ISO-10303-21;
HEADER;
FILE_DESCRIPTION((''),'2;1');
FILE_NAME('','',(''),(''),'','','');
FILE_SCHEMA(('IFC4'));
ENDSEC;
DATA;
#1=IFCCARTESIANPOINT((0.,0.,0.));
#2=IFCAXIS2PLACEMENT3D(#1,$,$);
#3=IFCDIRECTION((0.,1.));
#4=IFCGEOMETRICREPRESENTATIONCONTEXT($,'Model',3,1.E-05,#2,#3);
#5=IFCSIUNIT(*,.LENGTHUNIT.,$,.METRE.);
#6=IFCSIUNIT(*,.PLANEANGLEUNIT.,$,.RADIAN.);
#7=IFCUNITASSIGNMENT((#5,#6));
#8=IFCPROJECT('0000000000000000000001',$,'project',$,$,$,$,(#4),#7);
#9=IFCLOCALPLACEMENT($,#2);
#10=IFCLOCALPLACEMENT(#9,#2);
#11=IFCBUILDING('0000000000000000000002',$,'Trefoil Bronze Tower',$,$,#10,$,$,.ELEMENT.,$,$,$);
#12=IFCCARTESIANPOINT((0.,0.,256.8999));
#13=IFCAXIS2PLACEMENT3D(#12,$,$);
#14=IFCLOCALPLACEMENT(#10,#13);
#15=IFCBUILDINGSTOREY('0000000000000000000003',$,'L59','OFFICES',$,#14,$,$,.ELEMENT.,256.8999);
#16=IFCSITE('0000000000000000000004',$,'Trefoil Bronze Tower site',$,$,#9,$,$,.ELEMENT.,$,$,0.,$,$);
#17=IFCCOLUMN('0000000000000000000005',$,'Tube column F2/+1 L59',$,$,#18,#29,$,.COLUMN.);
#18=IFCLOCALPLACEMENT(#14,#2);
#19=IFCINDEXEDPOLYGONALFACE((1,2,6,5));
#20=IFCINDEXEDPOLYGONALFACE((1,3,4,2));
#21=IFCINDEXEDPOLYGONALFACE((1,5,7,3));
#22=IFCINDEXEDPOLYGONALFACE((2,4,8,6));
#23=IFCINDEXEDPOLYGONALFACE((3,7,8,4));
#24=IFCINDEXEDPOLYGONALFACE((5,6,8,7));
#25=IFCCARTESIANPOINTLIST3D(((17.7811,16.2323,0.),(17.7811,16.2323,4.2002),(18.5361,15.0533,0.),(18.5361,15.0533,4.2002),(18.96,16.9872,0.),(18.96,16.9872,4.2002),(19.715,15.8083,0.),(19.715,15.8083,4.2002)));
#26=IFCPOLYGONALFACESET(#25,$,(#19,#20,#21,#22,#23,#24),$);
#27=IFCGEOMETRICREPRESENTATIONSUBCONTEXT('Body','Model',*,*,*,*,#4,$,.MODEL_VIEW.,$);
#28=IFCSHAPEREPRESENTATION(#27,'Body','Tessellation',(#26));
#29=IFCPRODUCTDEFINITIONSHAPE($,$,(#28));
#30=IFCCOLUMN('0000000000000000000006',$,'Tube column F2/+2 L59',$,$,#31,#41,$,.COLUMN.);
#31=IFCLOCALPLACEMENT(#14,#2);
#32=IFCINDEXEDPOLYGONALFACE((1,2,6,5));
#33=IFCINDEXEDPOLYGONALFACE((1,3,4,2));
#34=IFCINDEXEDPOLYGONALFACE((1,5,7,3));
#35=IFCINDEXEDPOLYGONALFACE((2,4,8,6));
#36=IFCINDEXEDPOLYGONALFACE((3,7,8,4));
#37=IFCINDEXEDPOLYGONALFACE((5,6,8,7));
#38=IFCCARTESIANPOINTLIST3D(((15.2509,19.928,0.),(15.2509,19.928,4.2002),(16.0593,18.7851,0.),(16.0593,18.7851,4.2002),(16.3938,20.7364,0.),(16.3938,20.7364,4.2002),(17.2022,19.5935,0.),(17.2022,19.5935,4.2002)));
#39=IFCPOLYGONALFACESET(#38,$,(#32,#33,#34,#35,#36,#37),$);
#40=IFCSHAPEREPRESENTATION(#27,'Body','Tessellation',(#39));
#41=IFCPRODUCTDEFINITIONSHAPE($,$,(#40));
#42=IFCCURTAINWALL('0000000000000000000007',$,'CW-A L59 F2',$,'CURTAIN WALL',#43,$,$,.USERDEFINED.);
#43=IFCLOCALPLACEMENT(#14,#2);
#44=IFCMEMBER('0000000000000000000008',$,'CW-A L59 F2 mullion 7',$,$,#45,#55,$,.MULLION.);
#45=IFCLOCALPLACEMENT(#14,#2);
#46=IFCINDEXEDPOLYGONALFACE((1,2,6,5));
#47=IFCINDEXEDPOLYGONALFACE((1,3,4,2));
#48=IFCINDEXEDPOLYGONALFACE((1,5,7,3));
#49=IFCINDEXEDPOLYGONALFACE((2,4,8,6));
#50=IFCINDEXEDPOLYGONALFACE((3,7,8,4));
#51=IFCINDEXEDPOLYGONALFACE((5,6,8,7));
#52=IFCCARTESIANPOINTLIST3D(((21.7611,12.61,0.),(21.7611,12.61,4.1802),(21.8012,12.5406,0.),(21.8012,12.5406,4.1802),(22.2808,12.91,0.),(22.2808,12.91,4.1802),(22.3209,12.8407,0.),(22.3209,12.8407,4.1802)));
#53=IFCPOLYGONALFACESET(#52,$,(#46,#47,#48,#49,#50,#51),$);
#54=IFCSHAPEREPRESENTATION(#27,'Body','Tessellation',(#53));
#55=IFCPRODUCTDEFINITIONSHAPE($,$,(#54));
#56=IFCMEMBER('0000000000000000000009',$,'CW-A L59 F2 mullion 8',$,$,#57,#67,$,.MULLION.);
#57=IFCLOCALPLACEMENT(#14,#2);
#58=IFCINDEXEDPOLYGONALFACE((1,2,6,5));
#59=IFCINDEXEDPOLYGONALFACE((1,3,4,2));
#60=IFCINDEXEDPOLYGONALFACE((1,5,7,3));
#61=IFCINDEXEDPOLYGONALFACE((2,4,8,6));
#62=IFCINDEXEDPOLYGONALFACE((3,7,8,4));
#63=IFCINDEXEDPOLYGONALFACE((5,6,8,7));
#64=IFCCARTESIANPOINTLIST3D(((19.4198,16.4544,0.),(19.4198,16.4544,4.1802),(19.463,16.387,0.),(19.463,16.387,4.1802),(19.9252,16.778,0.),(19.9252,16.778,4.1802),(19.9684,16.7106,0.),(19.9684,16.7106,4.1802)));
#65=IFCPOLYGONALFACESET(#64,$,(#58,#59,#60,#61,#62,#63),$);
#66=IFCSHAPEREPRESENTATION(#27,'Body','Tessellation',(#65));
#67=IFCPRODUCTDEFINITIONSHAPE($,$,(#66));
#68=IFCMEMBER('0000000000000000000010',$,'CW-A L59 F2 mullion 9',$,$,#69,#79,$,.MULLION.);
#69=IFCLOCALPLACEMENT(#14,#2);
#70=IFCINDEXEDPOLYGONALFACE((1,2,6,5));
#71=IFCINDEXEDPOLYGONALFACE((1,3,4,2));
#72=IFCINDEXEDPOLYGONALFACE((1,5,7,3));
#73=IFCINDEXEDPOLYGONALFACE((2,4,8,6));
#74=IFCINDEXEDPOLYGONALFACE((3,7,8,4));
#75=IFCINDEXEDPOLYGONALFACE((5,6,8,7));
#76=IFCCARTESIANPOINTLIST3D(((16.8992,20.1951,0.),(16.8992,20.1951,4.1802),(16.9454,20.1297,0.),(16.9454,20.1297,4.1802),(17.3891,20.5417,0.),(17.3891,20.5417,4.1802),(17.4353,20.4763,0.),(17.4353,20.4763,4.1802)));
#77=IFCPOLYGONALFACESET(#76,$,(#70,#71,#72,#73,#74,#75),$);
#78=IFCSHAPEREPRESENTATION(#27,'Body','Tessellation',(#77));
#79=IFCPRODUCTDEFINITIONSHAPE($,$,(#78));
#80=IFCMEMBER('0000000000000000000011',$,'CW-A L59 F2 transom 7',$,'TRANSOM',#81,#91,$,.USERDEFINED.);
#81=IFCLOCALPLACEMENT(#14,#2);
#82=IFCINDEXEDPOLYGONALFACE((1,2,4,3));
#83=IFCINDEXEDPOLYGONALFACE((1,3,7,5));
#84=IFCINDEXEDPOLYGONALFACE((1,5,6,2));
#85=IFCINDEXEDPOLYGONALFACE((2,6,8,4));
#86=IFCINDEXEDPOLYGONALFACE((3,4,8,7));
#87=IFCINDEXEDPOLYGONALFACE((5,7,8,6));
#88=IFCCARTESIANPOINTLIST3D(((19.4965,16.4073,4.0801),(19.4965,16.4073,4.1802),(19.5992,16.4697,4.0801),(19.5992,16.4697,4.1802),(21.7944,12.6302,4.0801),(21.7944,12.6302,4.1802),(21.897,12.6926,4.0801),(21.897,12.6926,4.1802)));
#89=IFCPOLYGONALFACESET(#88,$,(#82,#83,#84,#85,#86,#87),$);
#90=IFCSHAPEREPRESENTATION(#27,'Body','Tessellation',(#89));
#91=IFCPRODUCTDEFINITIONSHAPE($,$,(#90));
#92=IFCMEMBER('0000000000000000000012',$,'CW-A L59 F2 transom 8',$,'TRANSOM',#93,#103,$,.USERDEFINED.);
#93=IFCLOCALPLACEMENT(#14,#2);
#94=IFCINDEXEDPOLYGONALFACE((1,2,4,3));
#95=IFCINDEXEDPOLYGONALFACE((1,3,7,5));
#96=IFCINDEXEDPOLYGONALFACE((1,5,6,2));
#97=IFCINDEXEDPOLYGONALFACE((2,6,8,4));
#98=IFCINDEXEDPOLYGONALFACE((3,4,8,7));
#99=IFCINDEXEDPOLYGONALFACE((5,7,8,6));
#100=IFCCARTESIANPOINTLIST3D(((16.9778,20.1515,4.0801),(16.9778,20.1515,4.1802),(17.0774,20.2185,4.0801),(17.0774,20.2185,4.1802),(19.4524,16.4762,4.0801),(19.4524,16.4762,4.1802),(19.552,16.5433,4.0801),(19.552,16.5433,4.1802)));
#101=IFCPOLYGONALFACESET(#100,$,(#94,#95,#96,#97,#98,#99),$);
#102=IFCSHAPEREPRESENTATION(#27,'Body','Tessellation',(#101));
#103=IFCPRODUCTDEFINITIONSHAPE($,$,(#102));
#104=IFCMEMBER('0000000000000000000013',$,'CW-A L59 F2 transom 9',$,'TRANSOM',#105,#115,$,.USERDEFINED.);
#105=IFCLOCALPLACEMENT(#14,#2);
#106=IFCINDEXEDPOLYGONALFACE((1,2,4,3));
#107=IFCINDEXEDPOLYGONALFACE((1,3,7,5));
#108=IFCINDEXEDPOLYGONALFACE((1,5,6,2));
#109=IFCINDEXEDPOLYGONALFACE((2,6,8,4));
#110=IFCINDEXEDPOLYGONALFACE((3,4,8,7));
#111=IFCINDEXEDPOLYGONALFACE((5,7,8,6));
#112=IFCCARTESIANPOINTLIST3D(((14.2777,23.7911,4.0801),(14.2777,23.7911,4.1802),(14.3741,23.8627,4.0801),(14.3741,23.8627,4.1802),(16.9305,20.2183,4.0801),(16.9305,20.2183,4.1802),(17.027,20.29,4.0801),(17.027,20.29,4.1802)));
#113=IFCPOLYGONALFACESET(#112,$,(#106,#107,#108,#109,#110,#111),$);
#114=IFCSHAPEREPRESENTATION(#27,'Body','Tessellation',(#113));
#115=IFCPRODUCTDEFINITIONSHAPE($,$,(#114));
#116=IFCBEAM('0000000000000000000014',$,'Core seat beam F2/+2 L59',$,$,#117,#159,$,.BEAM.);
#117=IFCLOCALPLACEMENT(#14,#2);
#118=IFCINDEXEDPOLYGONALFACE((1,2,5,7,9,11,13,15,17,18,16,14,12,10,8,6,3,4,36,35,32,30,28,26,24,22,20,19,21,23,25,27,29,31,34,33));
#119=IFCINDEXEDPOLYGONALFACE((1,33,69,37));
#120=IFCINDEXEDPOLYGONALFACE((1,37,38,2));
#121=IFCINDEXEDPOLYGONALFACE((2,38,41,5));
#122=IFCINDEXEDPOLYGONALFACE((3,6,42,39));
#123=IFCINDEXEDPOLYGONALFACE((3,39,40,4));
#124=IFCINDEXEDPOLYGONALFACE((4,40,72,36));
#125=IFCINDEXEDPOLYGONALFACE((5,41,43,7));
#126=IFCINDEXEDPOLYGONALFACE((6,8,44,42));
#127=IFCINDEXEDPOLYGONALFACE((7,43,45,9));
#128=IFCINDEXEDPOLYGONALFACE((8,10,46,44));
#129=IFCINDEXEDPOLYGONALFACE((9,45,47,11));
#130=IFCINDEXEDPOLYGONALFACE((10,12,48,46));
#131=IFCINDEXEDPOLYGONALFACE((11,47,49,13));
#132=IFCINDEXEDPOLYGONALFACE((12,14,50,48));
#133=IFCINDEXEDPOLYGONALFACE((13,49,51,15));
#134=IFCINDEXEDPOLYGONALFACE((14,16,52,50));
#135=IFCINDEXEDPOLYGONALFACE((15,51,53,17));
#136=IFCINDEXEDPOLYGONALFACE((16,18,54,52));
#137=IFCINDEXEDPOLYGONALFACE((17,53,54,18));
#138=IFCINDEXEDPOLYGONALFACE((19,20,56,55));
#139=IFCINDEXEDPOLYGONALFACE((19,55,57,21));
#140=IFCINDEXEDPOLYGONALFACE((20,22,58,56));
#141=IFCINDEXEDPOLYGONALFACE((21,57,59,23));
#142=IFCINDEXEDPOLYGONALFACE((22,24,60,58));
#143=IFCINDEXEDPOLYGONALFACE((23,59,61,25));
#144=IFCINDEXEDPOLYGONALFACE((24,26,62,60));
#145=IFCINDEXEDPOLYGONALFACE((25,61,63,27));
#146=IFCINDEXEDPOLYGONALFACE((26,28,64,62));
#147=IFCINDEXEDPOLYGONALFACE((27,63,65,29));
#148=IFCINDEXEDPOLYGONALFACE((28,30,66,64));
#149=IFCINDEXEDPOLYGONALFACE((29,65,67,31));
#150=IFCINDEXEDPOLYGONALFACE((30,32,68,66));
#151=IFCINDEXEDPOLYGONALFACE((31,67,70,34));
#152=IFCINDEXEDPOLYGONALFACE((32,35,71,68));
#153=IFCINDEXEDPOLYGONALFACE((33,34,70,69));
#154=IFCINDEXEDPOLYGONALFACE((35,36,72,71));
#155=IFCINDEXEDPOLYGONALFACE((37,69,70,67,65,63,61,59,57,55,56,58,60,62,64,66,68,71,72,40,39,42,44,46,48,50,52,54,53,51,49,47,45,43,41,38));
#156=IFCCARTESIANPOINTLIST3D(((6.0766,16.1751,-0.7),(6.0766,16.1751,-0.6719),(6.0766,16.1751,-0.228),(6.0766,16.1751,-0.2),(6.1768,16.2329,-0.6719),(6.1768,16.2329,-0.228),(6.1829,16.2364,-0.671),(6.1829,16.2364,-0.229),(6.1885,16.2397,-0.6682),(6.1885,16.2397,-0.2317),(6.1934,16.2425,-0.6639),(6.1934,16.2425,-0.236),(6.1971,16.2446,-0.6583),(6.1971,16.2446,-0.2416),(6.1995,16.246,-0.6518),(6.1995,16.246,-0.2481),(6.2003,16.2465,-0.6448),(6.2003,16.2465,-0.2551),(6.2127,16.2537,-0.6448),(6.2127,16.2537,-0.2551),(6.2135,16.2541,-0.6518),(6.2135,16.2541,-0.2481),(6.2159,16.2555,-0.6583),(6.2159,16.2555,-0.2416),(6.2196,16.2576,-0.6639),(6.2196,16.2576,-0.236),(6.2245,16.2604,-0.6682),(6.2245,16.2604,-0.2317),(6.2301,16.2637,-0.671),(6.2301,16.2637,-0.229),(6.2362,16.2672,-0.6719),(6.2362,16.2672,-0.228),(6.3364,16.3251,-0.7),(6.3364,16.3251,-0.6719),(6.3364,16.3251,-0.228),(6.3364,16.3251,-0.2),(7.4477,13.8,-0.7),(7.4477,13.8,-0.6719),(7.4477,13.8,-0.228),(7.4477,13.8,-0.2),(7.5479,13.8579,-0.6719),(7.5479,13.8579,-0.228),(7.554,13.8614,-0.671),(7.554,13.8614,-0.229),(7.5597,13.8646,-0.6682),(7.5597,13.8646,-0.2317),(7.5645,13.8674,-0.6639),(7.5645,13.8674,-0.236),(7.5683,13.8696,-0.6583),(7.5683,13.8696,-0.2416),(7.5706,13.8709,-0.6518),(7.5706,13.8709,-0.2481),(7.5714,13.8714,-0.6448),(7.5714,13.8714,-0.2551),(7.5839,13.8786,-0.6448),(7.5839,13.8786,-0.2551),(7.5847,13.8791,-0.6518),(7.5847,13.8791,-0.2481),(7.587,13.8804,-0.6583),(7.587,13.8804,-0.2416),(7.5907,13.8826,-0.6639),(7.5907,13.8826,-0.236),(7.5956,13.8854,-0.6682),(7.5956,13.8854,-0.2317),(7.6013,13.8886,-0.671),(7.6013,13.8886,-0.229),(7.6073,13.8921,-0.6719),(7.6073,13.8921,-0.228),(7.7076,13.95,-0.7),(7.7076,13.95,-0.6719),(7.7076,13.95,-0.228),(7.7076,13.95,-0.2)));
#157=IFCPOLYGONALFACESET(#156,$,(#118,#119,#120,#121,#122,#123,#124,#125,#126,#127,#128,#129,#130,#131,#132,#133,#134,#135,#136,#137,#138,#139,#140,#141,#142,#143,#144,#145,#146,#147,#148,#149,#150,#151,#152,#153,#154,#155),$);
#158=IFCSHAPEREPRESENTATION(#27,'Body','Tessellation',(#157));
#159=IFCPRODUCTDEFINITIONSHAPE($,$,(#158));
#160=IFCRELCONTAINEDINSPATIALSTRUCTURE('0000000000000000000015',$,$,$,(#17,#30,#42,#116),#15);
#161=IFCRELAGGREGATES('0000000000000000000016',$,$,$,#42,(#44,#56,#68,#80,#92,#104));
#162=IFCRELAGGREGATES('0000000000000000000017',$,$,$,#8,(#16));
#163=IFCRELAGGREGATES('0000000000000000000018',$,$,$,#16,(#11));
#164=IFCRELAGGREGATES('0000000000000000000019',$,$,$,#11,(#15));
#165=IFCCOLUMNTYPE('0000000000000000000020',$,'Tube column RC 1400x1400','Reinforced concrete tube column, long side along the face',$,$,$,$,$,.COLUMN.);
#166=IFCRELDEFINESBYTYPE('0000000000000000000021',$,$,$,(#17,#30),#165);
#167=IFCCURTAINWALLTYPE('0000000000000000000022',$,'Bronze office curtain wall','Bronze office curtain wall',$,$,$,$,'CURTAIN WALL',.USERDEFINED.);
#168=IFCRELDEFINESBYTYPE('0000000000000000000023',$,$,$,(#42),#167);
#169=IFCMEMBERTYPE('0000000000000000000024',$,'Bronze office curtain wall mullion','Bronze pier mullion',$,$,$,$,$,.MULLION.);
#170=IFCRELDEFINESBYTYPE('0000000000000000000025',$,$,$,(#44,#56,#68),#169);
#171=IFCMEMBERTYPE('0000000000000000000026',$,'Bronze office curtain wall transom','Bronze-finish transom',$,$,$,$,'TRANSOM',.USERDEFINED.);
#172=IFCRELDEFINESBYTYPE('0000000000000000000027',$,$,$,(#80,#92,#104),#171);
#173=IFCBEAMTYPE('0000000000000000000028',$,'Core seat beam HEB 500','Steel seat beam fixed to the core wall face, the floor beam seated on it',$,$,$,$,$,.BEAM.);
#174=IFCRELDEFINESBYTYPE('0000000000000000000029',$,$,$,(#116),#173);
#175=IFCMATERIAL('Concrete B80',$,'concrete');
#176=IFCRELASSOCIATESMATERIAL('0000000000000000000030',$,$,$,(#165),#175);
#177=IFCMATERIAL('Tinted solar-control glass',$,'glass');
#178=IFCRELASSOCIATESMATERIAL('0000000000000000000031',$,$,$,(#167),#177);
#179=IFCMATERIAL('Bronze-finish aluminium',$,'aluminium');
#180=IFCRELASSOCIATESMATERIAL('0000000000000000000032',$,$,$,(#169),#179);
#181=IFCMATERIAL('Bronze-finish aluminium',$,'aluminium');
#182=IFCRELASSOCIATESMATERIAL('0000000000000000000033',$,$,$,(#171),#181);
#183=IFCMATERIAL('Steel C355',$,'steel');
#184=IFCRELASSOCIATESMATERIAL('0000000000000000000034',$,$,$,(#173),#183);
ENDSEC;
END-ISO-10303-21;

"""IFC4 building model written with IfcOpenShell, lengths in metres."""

from ifc_helpers import new_model, si_unit, direction, frame, origin, origin_2d, place, context, subcontext, project, spatial, rectangle, i_section, extrude, material, material_profile, profile_set, type_object, element, aggregate, save


model = new_model("IFC4")

# Units and contexts
model_context = context("Model", 3, precision=1e-05, world=origin(), true_north=direction((0.0, 1.0)))
body_context = subcontext(model_context, "Body", "Model", "MODEL_VIEW")
ifc_project = project(units=[si_unit("LENGTHUNIT", "METRE"), si_unit("PLANEANGLEUNIT", "RADIAN")], contexts=[model_context])

# Site, building, storey
site_placement = place(None, origin())
site = spatial("IfcSite", under=ifc_project, at=site_placement, Name="Trefoil Bronze Tower site", CompositionType="ELEMENT", RefElevation=0.0)
building_placement = place(site_placement, origin())
building = spatial("IfcBuilding", under=site, at=building_placement, Name="Trefoil Bronze Tower", CompositionType="ELEMENT")
storey_placement = place(building_placement, frame((0.0, 0.0, 256.8999)))
storey = spatial("IfcBuildingStorey", under=building, at=storey_placement, Name="L59", Description="OFFICES", CompositionType="ELEMENT", Elevation=256.8999)

# Columns
ifc_material_1 = material(Name="Concrete B80", Category="concrete")
ifc_material_profile_1 = material_profile(ifc_material_1, rectangle(XDim=1.3999, YDim=1.3999, at=origin_2d()), Name="RC 1400x1400")
ifc_profile_set_1 = profile_set([ifc_material_profile_1], Name="Concrete B80")
column_type = type_object("IfcColumnType", Name="Tube column RC 1400x1400", Description="Reinforced concrete tube column, long side along the face", PredefinedType="COLUMN", material=ifc_profile_set_1)
for number, where, z_axis, x_axis, name in (
    (1, (18.748, 16.0203, 0.0), (0.0, 0.0, 1.0), (-0.53927, 0.842133, 0.0), "Tube column F2/+1 L59"),
    (2, (16.2266, 19.7607, 0.0), (0.0, 0.0, 1.0), (-0.577481, 0.816404, 0.0), "Tube column F2/+2 L59"),
):
    element("IfcColumn", number, at=place(storey_placement, frame(where, z_axis=z_axis, x_axis=x_axis)), inside=storey, type_object=column_type, Name=name, PredefinedType="COLUMN", context=body_context, shape_type="SweptSolid", body=[
        extrude(rectangle(XDim=1.3999, YDim=1.3999, at=origin_2d()), origin(), (0.0, 0.0, 1.0), 4.2002),
    ])

# Curtain wall, members
ifc_material_2 = material(Name="Tinted solar-control glass", Category="glass")
curtain_wall_type = type_object("IfcCurtainWallType", Name="Bronze office curtain wall", Description="Bronze office curtain wall", ElementType="CURTAIN WALL", PredefinedType="USERDEFINED", material=ifc_material_2)
curtain_wall_placement = place(storey_placement, origin())
curtain_wall = element("IfcCurtainWall", 3, at=curtain_wall_placement, inside=storey, type_object=curtain_wall_type, Name="CW-A L59 F2", ObjectType="CURTAIN WALL", PredefinedType="USERDEFINED")
ifc_material_3 = material(Name="Bronze-finish aluminium", Category="aluminium")
ifc_material_profile_2 = material_profile(ifc_material_3, rectangle(XDim=0.6001, YDim=0.0801, at=origin_2d()), Name="CW-A mullion")
ifc_profile_set_2 = profile_set([ifc_material_profile_2], Name="Bronze-finish aluminium")
member_type_1 = type_object("IfcMemberType", Name="Bronze office curtain wall mullion", Description="Bronze pier mullion", PredefinedType="MULLION", material=ifc_profile_set_2)
member_1_placement = place(storey_placement, frame((22.041, 12.7253, 0.0), z_axis=(0.0, 0.0, 1.0), x_axis=(-0.866025, -0.5, 0.0)))
member_1 = element("IfcMember", 4, at=member_1_placement, type_object=member_type_1, Name="CW-A L59 F2 mullion 7", PredefinedType="MULLION", context=body_context, shape_type="SweptSolid", body=[
    extrude(rectangle(XDim=0.6001, YDim=0.0801, at=origin_2d()), origin(), (0.0, 0.0, 1.0), 4.1802),
])
member_2_placement = place(storey_placement, frame((19.6941, 16.5825, 0.0), z_axis=(0.0, 0.0, 1.0), x_axis=(-0.842133, -0.53927, 0.0)))
member_2 = element("IfcMember", 5, at=member_2_placement, type_object=member_type_1, Name="CW-A L59 F2 mullion 8", PredefinedType="MULLION", context=body_context, shape_type="SweptSolid", body=[
    extrude(rectangle(XDim=0.6001, YDim=0.0801, at=origin_2d()), origin(), (0.0, 0.0, 1.0), 4.1802),
])
member_3_placement = place(storey_placement, frame((17.1672, 20.3357, 0.0), z_axis=(0.0, 0.0, 1.0), x_axis=(-0.816404, -0.577481, 0.0)))
member_3 = element("IfcMember", 6, at=member_3_placement, type_object=member_type_1, Name="CW-A L59 F2 mullion 9", PredefinedType="MULLION", context=body_context, shape_type="SweptSolid", body=[
    extrude(rectangle(XDim=0.6001, YDim=0.0801, at=origin_2d()), origin(), (0.0, 0.0, 1.0), 4.1802),
])
ifc_material_4 = material(Name="Bronze-finish aluminium", Category="aluminium")
ifc_material_profile_3 = material_profile(ifc_material_4, rectangle(XDim=0.1201, YDim=0.1001, at=origin_2d()), Name="CW-A transom")
ifc_profile_set_3 = profile_set([ifc_material_profile_3], Name="Bronze-finish aluminium")
member_type_2 = type_object("IfcMemberType", Name="Bronze office curtain wall transom", Description="Bronze-finish transom", ElementType="TRANSOM", PredefinedType="USERDEFINED", material=ifc_profile_set_3)
member_4_placement = place(storey_placement, frame((21.8457, 12.6614, 4.1301), z_axis=(-0.51974, 0.854324, 0.0), x_axis=(-0.854324, -0.51974, 0.0)))
member_4 = element("IfcMember", 7, at=member_4_placement, type_object=member_type_2, Name="CW-A L59 F2 transom 7", ObjectType="TRANSOM", PredefinedType="USERDEFINED", context=body_context, shape_type="SweptSolid", body=[
    extrude(rectangle(XDim=0.1201, YDim=0.1001, at=origin_2d()), origin(), (0.0, 0.0, 1.0), 4.4211),
])
member_5_placement = place(storey_placement, frame((19.5022, 16.5098, 4.1301), z_axis=(-0.558509, 0.829498, 0.0), x_axis=(-0.829498, -0.558509, 0.0)))
member_5 = element("IfcMember", 8, at=member_5_placement, type_object=member_type_2, Name="CW-A L59 F2 transom 8", ObjectType="TRANSOM", PredefinedType="USERDEFINED", context=body_context, shape_type="SweptSolid", body=[
    extrude(rectangle(XDim=0.1201, YDim=0.1001, at=origin_2d()), origin(), (0.0, 0.0, 1.0), 4.4307),
])
member_6_placement = place(storey_placement, frame((16.9788, 20.2542, 4.1301), z_axis=(-0.596148, 0.802874, 0.0), x_axis=(-0.802874, -0.596148, 0.0)))
member_6 = element("IfcMember", 9, at=member_6_placement, type_object=member_type_2, Name="CW-A L59 F2 transom 9", ObjectType="TRANSOM", PredefinedType="USERDEFINED", context=body_context, shape_type="SweptSolid", body=[
    extrude(rectangle(XDim=0.1201, YDim=0.1001, at=origin_2d()), origin(), (0.0, 0.0, 1.0), 4.45),
])

# Beam
ifc_material_5 = material(Name="Steel C355", Category="steel")
ifc_material_profile_4 = material_profile(ifc_material_5, i_section(OverallWidth=0.3, OverallDepth=0.5, WebThickness=0.0144, FlangeThickness=0.0281, FilletRadius=0.0271, at=origin_2d()), Name="HEB 500")
ifc_profile_set_4 = profile_set([ifc_material_profile_4], Name="Steel C355")
beam_type_1 = type_object("IfcBeamType", Name="Core seat beam HEB 500", Description="Steel seat beam fixed to the core wall face, the floor beam seated on it", PredefinedType="BEAM", material=ifc_profile_set_4)
beam_1_placement = place(storey_placement, frame((7.5776, 13.875, -0.45), z_axis=(-0.499969, 0.866043, 0.0), x_axis=(-0.866043, -0.499969, 0.0)))
element("IfcBeam", 10, at=beam_1_placement, inside=storey, type_object=beam_type_1, Name="Core seat beam F2/+2 L59", PredefinedType="BEAM", context=body_context, shape_type="SweptSolid", body=[
    extrude(i_section(OverallWidth=0.3, OverallDepth=0.5, WebThickness=0.0144, FlangeThickness=0.0281, FilletRadius=0.0271, at=origin_2d()), origin(), (0.0, 0.0, 1.0), 2.7424),
])

aggregate(curtain_wall, [member_1, member_2, member_3, member_4, member_5, member_6])

save(model, "model.ifc")
